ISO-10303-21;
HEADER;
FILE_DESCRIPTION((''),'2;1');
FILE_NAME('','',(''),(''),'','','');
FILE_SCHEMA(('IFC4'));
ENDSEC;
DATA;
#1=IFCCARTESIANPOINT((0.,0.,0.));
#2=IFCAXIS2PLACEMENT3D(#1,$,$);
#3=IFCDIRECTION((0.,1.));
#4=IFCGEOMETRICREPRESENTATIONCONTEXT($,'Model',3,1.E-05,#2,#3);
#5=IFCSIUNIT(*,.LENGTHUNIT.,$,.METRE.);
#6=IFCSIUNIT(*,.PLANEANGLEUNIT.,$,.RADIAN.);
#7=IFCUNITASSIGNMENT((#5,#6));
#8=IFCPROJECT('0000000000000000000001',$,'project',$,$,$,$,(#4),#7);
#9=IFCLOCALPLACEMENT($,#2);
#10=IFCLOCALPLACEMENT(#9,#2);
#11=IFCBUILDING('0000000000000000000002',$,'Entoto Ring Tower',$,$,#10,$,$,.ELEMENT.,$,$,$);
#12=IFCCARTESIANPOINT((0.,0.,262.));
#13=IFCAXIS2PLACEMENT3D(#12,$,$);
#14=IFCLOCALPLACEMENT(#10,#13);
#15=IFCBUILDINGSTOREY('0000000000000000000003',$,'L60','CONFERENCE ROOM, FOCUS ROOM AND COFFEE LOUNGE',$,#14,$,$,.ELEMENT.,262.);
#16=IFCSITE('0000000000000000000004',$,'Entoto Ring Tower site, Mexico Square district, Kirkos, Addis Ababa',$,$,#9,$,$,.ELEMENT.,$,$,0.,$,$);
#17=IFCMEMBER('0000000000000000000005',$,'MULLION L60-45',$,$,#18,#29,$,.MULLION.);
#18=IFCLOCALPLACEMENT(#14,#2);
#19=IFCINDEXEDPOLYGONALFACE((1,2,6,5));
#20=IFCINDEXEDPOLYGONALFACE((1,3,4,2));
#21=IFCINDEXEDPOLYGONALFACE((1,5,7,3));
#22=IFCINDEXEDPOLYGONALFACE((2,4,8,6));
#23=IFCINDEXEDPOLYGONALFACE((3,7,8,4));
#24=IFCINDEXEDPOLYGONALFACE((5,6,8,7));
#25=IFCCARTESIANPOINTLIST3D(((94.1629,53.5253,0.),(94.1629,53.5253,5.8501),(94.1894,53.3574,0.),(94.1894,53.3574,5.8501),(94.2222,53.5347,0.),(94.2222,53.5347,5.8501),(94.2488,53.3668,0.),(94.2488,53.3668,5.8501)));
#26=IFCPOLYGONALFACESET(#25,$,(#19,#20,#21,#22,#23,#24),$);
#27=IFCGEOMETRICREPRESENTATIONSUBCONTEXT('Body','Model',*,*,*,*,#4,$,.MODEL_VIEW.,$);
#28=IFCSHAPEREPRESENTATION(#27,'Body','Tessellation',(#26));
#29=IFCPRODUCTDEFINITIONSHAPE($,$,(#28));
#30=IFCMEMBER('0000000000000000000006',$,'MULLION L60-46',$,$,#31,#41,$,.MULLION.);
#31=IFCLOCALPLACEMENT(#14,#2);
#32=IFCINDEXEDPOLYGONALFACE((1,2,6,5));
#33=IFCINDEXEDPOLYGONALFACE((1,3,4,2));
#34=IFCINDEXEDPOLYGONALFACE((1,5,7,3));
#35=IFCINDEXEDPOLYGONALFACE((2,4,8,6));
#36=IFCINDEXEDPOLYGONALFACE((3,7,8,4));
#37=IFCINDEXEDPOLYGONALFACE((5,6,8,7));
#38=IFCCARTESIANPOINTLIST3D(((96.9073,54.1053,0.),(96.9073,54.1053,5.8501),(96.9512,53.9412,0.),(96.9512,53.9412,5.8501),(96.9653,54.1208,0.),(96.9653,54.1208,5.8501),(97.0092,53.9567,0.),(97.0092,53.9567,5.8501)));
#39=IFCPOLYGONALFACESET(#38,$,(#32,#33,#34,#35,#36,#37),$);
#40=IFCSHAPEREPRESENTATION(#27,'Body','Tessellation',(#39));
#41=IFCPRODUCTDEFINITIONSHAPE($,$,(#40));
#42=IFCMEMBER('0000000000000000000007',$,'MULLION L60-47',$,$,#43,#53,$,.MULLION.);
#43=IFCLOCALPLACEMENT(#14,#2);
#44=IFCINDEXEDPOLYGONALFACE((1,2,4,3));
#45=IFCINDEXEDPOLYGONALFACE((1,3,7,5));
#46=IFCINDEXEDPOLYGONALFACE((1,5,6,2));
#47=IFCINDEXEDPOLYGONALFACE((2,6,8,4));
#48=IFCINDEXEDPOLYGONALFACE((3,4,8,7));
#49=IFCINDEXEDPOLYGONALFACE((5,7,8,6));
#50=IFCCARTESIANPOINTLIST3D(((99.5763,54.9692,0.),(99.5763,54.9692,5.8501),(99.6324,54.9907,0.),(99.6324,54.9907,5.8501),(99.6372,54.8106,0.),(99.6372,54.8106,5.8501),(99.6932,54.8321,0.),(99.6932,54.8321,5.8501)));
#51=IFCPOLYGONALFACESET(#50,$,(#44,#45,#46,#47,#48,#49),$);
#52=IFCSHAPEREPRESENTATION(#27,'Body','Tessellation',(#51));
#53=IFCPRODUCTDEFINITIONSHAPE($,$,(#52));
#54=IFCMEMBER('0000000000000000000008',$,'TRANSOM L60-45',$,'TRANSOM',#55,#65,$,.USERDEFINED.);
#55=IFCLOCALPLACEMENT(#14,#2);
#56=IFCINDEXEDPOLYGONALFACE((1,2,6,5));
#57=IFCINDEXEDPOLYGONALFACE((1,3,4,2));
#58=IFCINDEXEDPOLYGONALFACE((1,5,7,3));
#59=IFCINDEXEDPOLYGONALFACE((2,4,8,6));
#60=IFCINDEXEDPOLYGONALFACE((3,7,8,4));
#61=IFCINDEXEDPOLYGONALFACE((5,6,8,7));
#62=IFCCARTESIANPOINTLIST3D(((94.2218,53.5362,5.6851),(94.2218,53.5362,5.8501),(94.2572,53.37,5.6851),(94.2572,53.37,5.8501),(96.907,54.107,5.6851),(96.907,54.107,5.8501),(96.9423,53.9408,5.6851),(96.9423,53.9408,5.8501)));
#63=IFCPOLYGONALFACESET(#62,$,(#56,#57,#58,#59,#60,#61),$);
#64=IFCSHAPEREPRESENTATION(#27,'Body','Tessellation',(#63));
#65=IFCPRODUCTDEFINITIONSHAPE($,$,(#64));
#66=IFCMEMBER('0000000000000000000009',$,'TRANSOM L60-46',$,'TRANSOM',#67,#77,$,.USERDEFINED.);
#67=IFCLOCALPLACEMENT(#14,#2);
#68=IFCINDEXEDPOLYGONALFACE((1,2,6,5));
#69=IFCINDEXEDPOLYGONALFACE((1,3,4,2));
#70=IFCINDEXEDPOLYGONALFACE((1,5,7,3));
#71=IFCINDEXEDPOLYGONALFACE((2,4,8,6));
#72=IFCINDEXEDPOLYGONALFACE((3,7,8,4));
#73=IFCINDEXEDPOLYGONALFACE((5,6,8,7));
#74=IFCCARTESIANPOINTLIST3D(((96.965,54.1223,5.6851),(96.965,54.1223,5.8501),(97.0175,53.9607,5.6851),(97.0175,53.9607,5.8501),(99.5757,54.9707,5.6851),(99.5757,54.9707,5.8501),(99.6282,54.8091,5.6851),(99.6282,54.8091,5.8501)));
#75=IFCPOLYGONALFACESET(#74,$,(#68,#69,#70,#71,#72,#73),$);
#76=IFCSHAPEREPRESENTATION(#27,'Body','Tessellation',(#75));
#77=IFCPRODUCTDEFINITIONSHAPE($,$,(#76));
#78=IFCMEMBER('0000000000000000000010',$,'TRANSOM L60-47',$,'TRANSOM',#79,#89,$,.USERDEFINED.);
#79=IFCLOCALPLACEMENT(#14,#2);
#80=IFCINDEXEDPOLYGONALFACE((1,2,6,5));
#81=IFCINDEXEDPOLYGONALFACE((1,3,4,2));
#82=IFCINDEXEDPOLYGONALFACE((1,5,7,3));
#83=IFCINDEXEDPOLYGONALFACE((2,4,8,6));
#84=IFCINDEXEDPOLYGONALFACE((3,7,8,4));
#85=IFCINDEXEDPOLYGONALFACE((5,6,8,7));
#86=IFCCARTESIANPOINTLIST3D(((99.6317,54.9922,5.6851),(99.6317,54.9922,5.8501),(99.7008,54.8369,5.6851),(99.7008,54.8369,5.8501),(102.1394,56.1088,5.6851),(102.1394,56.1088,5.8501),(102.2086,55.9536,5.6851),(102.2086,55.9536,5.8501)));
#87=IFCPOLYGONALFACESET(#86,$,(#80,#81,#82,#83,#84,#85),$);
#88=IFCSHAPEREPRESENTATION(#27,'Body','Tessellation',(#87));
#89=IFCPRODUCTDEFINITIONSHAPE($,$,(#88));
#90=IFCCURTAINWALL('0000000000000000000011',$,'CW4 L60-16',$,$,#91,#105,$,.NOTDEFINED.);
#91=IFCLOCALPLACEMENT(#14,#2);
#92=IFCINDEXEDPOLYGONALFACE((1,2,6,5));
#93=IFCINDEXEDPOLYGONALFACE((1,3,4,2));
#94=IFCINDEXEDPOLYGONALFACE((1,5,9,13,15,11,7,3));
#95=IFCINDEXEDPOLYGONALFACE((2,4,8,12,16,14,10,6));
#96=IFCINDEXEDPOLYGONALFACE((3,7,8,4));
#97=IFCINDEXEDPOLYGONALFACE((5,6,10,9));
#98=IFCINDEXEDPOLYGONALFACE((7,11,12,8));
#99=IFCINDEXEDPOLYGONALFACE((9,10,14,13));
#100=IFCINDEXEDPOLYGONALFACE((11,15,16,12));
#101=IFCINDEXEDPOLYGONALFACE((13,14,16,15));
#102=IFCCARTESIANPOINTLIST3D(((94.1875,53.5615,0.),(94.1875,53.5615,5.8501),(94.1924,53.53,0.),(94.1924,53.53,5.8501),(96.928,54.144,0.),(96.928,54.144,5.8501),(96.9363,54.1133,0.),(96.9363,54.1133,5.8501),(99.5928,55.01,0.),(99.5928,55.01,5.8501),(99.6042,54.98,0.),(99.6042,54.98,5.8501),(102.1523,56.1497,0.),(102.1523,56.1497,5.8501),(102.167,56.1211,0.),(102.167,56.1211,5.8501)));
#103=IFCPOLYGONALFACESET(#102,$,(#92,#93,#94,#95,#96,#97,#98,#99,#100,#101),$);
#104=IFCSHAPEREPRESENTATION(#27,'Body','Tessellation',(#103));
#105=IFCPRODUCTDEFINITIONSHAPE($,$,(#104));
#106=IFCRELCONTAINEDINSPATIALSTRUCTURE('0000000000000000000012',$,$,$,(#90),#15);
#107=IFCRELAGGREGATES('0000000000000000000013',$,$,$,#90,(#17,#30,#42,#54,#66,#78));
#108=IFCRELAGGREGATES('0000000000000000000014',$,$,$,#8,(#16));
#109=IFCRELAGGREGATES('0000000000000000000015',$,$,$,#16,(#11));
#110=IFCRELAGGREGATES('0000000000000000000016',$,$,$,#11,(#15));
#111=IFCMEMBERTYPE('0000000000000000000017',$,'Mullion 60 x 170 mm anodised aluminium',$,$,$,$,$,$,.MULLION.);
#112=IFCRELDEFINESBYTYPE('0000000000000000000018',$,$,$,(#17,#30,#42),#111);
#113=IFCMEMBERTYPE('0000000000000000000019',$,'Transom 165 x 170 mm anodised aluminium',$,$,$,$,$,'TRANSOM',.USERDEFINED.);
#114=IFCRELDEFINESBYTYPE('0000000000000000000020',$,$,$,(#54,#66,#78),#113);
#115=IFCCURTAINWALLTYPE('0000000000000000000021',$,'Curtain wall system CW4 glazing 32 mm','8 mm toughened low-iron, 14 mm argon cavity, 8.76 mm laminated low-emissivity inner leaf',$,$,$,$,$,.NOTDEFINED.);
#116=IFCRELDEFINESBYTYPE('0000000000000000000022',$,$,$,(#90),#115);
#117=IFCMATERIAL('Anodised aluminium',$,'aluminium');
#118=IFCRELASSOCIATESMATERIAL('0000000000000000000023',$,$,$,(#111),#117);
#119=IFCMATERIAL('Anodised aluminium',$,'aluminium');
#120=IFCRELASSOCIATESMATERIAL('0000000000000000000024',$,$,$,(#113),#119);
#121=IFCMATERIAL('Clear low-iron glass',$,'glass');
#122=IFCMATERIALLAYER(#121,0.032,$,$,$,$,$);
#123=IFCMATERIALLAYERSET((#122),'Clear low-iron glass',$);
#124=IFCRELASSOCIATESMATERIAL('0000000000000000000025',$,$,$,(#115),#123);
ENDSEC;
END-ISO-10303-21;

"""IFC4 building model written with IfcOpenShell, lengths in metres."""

from ifc_helpers import new_model, si_unit, direction, frame, origin, origin_2d, place, context, subcontext, project, spatial, polyline, rectangle, outline, extrude, material, layer, layer_set, material_profile, profile_set, type_object, element, aggregate, save


model = new_model("IFC4")

# Units and contexts
model_context = context("Model", 3, precision=1e-05, world=origin(), true_north=direction((0.0, 1.0)))
body_context = subcontext(model_context, "Body", "Model", "MODEL_VIEW")
ifc_project = project(units=[si_unit("LENGTHUNIT", "METRE"), si_unit("PLANEANGLEUNIT", "RADIAN")], contexts=[model_context])

# Members
ifc_material_1 = material(Name="Anodised aluminium", Category="aluminium")
ifc_material_profile_1 = material_profile(ifc_material_1, rectangle(XDim=0.0601, YDim=0.1699, at=origin_2d()), Name="Mullion 60 x 170 mm anodised aluminium")
ifc_profile_set_1 = profile_set([ifc_material_profile_1], Name="Anodised aluminium")
member_type_1 = type_object("IfcMemberType", Name="Mullion 60 x 170 mm anodised aluminium", PredefinedType="MULLION", material=ifc_profile_set_1)
site_placement = place(None, origin())
building_placement = place(site_placement, origin())
storey_placement = place(building_placement, frame((0.0, 0.0, 262.0)))
member_1_placement = place(storey_placement, frame((94.2058, 53.446, 0.0), z_axis=(0.0, 0.0, 1.0), x_axis=(0.987688, 0.156434, 0.0)))
member_1 = element("IfcMember", 1, at=member_1_placement, type_object=member_type_1, Name="MULLION L60-45", PredefinedType="MULLION", context=body_context, shape_type="SweptSolid", body=[
    extrude(rectangle(XDim=0.0601, YDim=0.1699, at=origin_2d()), origin(), (0.0, 0.0, 1.0), 5.8501),
])
member_2_placement = place(storey_placement, frame((96.9583, 54.031, 0.0), z_axis=(0.0, 0.0, 1.0), x_axis=(0.965926, 0.258819, 0.0)))
member_2 = element("IfcMember", 2, at=member_2_placement, type_object=member_type_1, Name="MULLION L60-46", PredefinedType="MULLION", context=body_context, shape_type="SweptSolid", body=[
    extrude(rectangle(XDim=0.0601, YDim=0.1699, at=origin_2d()), origin(), (0.0, 0.0, 1.0), 5.8501),
])
member_3_placement = place(storey_placement, frame((99.6348, 54.9006, 0.0), z_axis=(0.0, 0.0, 1.0), x_axis=(0.93358, 0.358368, 0.0)))
member_3 = element("IfcMember", 3, at=member_3_placement, type_object=member_type_1, Name="MULLION L60-47", PredefinedType="MULLION", context=body_context, shape_type="SweptSolid", body=[
    extrude(rectangle(XDim=0.0601, YDim=0.1699, at=origin_2d()), origin(), (0.0, 0.0, 1.0), 5.8501),
])
ifc_material_2 = material(Name="Anodised aluminium", Category="aluminium")
ifc_material_profile_2 = material_profile(ifc_material_2, rectangle(XDim=0.1699, YDim=0.165, at=origin_2d()), Name="Transom 165 x 170 mm anodised aluminium")
ifc_profile_set_2 = profile_set([ifc_material_profile_2], Name="Anodised aluminium")
member_type_2 = type_object("IfcMemberType", Name="Transom 165 x 170 mm anodised aluminium", ElementType="TRANSOM", PredefinedType="USERDEFINED", material=ifc_profile_set_2)
member_4_placement = place(storey_placement, frame((94.2395, 53.4531, 5.7676), z_axis=(0.978142, 0.207937, 0.0), x_axis=(-0.207937, 0.978142, 0.0)))
member_4 = element("IfcMember", 4, at=member_4_placement, type_object=member_type_2, Name="TRANSOM L60-45", ObjectType="TRANSOM", PredefinedType="USERDEFINED", context=body_context, shape_type="SweptSolid", body=[
    extrude(rectangle(XDim=0.1699, YDim=0.165, at=origin_2d()), origin(), (0.0, 0.0, 1.0), 2.7451),
])
member_5_placement = place(storey_placement, frame((96.9912, 54.0415, 5.7676), z_axis=(0.951048, 0.309042, 0.0), x_axis=(-0.309042, 0.951048, 0.0)))
member_5 = element("IfcMember", 5, at=member_5_placement, type_object=member_type_2, Name="TRANSOM L60-46", ObjectType="TRANSOM", PredefinedType="USERDEFINED", context=body_context, shape_type="SweptSolid", body=[
    extrude(rectangle(XDim=0.1699, YDim=0.165, at=origin_2d()), origin(), (0.0, 0.0, 1.0), 2.7451),
])
member_6_placement = place(storey_placement, frame((99.6663, 54.9146, 5.7676), z_axis=(0.913525, 0.406782, 0.0), x_axis=(-0.406782, 0.913525, 0.0)))
member_6 = element("IfcMember", 6, at=member_6_placement, type_object=member_type_2, Name="TRANSOM L60-47", ObjectType="TRANSOM", PredefinedType="USERDEFINED", context=body_context, shape_type="SweptSolid", body=[
    extrude(rectangle(XDim=0.1699, YDim=0.165, at=origin_2d()), origin(), (0.0, 0.0, 1.0), 2.7451),
])

# Site, building, storey
site = spatial("IfcSite", under=ifc_project, at=site_placement, Name="Entoto Ring Tower site, Mexico Square district, Kirkos, Addis Ababa", CompositionType="ELEMENT", RefElevation=0.0)
building = spatial("IfcBuilding", under=site, at=building_placement, Name="Entoto Ring Tower", CompositionType="ELEMENT")
storey = spatial("IfcBuildingStorey", under=building, at=storey_placement, Name="L60", Description="CONFERENCE ROOM, FOCUS ROOM AND COFFEE LOUNGE", CompositionType="ELEMENT", Elevation=262.0)

# Curtain wall
ifc_material_3 = material(Name="Clear low-iron glass", Category="glass")
ifc_layer = layer(ifc_material_3, 0.032)
ifc_layer_set = layer_set([ifc_layer], Name="Clear low-iron glass")
curtain_wall_type = type_object("IfcCurtainWallType", Name="Curtain wall system CW4 glazing 32 mm", Description="8 mm toughened low-iron, 14 mm argon cavity, 8.76 mm laminated low-emissivity inner leaf", PredefinedType="NOTDEFINED", material=ifc_layer_set)
curtain_wall_1_placement = place(storey_placement, origin())
curtain_wall_1 = element("IfcCurtainWall", 7, at=curtain_wall_1_placement, inside=storey, type_object=curtain_wall_type, Name="CW4 L60-16", PredefinedType="NOTDEFINED", context=body_context, shape_type="SweptSolid", body=[
    extrude(outline(polyline([(94.1924, 53.53), (96.9363, 54.1133), (99.6042, 54.98), (102.167, 56.1211), (102.1523, 56.1497), (99.5928, 55.01), (96.928, 54.144), (94.1875, 53.5615), (94.1924, 53.53)])), origin(), (0.0, 0.0, 1.0), 5.8501),
])
aggregate(curtain_wall_1, [member_1, member_2, member_3, member_4, member_5, member_6])

save(model, "model.ifc")
